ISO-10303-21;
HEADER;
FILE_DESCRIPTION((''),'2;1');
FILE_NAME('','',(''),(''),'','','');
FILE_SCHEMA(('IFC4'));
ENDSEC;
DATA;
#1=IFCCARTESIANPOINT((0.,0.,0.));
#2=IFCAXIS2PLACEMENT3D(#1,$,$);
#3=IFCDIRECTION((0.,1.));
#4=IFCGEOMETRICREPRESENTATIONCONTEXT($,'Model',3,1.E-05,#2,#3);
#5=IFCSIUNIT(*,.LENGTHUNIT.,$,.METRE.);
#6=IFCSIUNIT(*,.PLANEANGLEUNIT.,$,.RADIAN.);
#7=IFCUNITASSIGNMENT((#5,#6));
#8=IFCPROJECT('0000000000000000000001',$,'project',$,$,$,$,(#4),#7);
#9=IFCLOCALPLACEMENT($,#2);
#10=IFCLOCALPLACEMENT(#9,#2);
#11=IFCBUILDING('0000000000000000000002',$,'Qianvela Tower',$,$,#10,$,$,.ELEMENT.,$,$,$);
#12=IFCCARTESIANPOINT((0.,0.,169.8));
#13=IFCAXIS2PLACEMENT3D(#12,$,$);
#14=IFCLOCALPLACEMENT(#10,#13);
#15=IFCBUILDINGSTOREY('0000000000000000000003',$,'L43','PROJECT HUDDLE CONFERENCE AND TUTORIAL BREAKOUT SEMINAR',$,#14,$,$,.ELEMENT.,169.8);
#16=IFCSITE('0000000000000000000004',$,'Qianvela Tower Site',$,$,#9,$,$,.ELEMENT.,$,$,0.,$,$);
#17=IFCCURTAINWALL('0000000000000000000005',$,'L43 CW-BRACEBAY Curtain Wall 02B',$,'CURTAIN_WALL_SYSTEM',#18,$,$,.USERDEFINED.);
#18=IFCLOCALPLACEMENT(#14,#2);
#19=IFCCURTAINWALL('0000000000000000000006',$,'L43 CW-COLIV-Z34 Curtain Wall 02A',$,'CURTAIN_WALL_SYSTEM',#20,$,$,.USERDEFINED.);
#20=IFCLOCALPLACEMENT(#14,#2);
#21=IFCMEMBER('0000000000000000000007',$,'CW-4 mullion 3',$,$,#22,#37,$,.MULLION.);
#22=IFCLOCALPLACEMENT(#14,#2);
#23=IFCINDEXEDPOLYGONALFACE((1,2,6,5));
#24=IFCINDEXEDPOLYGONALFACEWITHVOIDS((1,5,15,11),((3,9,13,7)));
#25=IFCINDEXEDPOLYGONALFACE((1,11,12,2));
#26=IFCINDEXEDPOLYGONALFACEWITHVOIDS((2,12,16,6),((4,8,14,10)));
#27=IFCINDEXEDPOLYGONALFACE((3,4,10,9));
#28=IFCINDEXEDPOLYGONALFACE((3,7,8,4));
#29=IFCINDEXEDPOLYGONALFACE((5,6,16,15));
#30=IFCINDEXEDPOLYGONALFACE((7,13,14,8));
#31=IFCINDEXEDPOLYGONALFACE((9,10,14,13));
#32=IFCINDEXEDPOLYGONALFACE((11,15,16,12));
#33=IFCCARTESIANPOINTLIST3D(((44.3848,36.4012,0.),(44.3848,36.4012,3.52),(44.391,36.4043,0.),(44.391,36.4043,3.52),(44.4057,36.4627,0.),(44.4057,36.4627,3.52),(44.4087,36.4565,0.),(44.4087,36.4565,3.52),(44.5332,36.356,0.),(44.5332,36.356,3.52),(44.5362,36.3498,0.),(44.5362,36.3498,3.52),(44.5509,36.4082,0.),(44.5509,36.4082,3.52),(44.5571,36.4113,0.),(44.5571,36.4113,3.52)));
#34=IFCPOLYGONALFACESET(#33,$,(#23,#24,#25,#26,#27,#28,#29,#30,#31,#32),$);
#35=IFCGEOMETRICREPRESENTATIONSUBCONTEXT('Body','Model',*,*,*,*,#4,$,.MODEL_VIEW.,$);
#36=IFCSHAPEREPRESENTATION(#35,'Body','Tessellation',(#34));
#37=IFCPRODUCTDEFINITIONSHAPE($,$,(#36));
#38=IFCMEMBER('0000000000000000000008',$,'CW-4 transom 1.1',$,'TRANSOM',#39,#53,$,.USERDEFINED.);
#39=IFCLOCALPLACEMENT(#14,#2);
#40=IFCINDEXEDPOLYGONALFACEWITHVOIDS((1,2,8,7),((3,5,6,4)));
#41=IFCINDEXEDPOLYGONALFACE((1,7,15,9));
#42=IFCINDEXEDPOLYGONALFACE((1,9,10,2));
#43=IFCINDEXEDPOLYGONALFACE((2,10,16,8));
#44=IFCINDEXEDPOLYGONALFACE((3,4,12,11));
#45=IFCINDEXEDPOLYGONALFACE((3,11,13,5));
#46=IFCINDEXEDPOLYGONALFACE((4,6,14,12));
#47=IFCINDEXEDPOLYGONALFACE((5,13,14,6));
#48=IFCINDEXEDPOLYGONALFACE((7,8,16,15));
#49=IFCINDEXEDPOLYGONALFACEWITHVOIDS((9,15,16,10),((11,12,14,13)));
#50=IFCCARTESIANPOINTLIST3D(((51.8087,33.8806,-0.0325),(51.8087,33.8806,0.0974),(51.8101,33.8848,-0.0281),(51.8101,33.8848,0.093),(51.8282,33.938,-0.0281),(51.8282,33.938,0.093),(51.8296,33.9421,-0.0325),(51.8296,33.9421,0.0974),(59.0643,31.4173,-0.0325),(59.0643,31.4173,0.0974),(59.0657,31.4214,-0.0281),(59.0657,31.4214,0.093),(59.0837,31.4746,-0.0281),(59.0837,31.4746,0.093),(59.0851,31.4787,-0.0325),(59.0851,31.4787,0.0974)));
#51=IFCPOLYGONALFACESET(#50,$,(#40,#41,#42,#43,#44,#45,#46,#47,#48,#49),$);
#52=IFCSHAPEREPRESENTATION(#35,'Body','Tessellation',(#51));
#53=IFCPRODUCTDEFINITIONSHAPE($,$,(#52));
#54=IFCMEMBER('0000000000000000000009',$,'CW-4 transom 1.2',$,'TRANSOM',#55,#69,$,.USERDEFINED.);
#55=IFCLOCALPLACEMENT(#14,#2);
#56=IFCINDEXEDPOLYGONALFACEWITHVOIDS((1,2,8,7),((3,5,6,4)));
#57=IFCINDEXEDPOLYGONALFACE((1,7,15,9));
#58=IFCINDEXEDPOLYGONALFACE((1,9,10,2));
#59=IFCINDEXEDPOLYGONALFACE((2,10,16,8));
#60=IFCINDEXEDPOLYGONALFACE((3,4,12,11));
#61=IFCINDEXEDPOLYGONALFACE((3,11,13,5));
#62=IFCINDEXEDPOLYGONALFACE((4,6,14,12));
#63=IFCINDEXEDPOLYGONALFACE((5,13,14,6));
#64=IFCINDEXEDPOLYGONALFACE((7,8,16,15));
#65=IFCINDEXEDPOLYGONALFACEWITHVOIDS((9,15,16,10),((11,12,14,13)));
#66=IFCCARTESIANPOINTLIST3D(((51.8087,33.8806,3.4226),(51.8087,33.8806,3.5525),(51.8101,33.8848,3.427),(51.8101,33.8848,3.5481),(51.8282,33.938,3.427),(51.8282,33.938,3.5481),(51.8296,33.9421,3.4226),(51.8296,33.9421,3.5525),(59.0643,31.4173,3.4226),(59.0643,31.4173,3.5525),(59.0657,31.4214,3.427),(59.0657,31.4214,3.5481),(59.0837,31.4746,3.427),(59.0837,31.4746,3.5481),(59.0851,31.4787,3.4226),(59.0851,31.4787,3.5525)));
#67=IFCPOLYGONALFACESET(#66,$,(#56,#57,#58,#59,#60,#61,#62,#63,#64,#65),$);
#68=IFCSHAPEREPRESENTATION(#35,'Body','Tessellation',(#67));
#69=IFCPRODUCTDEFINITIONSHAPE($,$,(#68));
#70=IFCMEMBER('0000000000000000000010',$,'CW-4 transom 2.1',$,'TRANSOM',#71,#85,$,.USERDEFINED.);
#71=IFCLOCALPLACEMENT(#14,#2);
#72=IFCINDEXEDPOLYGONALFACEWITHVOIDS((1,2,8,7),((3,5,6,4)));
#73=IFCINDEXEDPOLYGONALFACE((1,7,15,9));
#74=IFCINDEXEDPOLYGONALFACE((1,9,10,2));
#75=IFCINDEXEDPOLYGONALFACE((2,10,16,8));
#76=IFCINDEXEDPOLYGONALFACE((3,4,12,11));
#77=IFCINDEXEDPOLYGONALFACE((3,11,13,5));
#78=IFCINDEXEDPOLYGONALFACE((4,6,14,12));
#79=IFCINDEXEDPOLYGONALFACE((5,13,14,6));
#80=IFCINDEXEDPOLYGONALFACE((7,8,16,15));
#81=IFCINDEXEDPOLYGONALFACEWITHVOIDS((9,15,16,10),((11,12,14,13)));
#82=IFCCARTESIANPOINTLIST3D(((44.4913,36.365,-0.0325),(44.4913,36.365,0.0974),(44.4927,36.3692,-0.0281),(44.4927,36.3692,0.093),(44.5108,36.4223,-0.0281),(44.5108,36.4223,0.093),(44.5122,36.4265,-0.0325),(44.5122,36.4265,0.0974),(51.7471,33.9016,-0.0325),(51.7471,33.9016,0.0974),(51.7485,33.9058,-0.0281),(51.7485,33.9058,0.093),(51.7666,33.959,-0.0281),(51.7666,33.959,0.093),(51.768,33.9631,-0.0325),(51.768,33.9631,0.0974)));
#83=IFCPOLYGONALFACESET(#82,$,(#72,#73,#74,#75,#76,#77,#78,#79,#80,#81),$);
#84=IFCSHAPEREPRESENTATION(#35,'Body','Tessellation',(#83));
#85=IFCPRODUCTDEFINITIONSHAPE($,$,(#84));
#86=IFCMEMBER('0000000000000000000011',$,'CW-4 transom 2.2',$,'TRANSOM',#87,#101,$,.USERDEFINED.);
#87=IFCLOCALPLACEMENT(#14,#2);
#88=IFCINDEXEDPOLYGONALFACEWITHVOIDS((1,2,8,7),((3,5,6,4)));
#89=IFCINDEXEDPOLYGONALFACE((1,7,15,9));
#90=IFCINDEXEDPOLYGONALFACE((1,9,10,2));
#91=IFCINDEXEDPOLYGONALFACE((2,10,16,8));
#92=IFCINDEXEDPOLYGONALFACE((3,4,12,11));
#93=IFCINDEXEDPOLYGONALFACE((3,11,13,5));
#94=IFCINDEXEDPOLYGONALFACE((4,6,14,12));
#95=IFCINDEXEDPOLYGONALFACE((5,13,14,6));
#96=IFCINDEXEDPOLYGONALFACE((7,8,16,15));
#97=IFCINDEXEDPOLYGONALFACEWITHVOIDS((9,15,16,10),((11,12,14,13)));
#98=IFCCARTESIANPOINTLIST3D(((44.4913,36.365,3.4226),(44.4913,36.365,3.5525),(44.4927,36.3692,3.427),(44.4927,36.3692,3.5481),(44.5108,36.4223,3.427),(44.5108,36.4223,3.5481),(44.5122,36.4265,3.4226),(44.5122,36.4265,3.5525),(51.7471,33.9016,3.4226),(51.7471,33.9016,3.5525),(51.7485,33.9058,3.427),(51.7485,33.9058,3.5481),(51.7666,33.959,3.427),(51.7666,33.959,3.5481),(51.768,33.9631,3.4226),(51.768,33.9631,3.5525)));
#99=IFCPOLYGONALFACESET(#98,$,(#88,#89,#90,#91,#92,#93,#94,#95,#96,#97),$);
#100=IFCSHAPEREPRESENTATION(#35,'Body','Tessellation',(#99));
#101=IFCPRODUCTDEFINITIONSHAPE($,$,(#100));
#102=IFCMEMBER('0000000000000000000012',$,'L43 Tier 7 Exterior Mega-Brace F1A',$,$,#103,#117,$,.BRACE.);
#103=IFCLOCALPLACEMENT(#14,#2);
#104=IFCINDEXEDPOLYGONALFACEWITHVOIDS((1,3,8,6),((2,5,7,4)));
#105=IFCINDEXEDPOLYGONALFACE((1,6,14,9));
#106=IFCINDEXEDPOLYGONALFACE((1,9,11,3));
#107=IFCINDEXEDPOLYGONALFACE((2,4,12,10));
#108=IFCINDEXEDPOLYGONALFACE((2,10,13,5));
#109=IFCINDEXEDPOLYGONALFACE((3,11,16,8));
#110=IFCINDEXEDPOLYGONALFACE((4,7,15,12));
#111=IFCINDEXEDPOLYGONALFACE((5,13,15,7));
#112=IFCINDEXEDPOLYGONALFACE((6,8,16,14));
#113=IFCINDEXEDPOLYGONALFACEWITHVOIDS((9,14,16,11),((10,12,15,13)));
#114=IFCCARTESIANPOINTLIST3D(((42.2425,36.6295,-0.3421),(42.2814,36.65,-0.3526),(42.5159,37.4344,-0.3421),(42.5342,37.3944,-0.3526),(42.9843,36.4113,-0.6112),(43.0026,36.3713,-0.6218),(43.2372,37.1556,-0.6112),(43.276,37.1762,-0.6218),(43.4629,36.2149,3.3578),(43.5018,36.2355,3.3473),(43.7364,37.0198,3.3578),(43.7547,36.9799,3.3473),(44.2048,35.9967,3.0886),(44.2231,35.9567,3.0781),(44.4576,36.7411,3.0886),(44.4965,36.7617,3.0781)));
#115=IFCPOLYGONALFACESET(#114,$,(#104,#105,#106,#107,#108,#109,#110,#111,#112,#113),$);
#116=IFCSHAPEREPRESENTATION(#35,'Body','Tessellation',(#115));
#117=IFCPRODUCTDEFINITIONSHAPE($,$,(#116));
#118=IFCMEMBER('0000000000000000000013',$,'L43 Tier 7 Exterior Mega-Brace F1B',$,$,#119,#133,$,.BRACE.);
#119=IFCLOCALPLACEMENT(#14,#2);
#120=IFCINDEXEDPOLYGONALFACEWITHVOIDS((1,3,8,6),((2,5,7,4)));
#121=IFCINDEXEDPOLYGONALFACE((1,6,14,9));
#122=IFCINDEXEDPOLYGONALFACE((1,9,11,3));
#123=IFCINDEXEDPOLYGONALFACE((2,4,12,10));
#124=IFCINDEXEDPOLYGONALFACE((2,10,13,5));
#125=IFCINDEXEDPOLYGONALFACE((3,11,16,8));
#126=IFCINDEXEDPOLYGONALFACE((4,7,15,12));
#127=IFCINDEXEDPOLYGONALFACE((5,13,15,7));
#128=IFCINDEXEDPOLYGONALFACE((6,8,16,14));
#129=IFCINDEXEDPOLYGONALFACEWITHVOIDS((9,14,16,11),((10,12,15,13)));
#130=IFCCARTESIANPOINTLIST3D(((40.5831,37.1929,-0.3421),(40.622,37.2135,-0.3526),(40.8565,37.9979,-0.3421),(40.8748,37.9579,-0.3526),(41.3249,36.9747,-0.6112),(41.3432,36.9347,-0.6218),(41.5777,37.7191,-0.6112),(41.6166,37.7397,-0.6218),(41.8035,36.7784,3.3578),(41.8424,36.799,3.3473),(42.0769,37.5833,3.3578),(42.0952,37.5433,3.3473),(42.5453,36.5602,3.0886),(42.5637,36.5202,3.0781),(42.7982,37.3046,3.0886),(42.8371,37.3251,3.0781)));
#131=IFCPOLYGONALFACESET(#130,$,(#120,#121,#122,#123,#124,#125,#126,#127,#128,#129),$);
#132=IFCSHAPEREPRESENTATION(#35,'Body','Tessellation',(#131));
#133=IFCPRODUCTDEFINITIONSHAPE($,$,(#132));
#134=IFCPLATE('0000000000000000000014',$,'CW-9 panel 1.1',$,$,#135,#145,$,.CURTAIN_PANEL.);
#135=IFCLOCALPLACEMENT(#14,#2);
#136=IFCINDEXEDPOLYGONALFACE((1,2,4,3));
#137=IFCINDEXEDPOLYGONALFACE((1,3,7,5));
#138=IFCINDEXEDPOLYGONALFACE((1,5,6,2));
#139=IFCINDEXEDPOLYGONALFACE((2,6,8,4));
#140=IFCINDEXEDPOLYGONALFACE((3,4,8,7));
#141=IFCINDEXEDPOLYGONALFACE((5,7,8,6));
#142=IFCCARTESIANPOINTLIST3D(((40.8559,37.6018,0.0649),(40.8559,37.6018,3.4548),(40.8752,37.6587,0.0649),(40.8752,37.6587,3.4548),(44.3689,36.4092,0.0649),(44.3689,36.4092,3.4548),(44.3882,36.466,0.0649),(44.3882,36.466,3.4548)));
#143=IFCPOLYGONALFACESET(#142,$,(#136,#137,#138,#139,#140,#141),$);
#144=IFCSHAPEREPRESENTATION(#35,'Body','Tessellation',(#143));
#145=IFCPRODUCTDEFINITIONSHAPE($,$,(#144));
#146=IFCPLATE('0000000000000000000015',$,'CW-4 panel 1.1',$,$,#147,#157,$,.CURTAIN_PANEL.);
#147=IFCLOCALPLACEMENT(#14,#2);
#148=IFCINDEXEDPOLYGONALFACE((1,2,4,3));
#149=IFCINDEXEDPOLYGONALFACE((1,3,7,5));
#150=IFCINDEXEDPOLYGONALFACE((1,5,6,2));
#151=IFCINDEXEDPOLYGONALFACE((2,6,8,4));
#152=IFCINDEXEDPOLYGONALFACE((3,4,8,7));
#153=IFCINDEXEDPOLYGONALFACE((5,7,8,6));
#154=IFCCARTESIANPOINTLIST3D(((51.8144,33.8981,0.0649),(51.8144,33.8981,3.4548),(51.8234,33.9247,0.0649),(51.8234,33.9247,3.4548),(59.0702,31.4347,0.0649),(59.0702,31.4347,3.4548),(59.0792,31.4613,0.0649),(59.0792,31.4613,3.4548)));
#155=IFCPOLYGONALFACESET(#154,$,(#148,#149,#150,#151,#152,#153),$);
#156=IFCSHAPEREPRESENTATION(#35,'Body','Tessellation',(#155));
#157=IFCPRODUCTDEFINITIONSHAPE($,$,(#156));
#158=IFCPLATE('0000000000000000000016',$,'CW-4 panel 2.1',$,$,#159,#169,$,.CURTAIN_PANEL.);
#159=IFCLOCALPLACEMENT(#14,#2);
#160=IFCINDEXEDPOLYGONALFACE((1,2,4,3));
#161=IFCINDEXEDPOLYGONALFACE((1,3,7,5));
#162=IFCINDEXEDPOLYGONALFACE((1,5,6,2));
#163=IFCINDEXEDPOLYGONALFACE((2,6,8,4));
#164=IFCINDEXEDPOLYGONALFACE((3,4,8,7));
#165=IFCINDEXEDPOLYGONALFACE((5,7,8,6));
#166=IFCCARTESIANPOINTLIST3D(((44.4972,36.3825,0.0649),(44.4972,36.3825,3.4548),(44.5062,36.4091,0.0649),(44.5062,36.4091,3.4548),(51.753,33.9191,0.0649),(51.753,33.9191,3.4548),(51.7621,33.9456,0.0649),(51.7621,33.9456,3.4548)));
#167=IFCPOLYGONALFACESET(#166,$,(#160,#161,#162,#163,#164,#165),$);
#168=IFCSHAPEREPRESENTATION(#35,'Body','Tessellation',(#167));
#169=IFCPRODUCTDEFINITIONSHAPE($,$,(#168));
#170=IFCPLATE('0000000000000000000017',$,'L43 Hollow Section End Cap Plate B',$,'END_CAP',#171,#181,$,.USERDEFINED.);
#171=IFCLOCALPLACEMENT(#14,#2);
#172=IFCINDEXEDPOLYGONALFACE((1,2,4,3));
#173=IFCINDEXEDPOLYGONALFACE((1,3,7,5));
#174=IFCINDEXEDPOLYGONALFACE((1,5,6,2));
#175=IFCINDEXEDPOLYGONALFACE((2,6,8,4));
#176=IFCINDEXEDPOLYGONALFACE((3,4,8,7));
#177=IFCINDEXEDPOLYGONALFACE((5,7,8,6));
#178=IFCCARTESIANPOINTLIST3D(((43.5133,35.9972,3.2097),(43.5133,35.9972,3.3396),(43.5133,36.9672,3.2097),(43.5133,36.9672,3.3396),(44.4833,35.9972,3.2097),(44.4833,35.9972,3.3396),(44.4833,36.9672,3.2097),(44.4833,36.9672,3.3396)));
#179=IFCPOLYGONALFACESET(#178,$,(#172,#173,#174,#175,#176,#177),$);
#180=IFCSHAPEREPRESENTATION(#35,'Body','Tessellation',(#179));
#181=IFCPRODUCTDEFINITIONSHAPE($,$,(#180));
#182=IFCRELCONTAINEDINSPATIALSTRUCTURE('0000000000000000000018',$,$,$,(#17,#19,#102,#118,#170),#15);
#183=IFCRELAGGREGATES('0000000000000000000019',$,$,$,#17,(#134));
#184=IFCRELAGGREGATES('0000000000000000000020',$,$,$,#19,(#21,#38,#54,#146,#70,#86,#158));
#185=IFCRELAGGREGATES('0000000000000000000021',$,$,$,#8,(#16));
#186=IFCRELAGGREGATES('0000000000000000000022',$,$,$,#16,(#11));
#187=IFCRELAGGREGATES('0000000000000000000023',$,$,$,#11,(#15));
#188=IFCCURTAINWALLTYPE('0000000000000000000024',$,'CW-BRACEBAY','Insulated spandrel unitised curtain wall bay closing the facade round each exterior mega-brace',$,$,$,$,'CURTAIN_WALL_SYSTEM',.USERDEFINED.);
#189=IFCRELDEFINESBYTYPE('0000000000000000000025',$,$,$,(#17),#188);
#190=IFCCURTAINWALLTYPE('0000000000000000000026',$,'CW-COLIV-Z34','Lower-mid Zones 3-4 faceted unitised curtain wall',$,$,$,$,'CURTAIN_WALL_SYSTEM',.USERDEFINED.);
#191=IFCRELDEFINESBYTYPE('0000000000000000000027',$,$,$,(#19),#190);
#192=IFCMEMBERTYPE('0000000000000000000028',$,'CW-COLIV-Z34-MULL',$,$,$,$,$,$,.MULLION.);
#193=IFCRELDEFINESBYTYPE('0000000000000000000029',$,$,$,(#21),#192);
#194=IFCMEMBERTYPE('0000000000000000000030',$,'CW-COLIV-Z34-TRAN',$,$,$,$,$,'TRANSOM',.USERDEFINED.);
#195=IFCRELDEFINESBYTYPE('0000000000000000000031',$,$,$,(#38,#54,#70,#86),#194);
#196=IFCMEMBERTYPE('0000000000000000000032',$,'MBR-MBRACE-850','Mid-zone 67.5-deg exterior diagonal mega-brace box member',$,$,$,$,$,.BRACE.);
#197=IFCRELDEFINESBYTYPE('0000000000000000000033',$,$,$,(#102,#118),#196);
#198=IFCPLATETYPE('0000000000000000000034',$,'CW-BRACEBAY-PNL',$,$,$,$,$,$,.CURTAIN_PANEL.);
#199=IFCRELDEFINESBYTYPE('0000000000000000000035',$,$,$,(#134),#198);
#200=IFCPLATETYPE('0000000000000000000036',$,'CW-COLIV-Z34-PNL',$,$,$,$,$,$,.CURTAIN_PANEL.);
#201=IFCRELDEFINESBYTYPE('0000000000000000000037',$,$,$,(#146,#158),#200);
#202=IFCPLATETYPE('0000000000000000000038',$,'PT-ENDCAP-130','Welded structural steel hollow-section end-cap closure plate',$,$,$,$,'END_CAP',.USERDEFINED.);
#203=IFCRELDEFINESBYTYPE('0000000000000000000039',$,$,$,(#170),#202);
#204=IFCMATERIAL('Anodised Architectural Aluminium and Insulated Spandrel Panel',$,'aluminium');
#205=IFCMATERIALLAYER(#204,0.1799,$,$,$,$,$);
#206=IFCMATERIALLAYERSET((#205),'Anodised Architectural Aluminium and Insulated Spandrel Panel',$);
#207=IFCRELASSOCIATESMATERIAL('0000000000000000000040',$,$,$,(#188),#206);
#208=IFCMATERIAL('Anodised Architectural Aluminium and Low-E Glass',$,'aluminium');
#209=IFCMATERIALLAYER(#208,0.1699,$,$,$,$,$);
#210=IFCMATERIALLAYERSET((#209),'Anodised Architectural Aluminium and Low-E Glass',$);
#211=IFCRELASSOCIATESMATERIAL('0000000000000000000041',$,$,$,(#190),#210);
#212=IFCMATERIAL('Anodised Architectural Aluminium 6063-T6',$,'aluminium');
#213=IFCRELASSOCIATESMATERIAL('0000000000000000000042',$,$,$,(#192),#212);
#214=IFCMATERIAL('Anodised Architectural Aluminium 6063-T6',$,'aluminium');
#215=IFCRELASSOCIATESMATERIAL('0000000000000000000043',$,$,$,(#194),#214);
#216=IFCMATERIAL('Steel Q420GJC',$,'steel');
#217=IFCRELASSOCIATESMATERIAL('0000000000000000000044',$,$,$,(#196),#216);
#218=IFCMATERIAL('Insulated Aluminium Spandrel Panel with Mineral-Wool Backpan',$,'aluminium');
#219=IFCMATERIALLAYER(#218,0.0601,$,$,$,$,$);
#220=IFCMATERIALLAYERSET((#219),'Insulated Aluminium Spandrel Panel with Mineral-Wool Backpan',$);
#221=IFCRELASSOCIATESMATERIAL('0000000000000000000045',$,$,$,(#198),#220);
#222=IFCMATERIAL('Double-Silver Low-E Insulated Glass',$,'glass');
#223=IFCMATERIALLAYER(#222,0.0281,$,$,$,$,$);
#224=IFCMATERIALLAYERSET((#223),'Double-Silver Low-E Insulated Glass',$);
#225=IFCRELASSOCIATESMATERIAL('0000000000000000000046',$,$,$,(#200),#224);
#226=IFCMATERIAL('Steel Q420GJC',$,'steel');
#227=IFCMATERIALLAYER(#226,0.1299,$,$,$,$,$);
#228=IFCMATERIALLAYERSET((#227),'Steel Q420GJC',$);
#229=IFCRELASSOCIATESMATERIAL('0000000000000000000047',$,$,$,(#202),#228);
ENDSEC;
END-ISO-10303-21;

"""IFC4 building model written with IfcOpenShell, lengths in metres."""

from ifc_helpers import new_model, si_unit, direction, frame, origin, origin_2d, place, context, subcontext, project, spatial, rectangle, hollow_rectangle, extrude, material, layer, layer_set, material_profile, profile_set, type_object, element, aggregate, save


model = new_model("IFC4")

# Units and contexts
model_context = context("Model", 3, precision=1e-05, world=origin(), true_north=direction((0.0, 1.0)))
body_context = subcontext(model_context, "Body", "Model", "MODEL_VIEW")
ifc_project = project(units=[si_unit("LENGTHUNIT", "METRE"), si_unit("PLANEANGLEUNIT", "RADIAN")], contexts=[model_context])

# Site, building, storey
site_placement = place(None, origin())
site = spatial("IfcSite", under=ifc_project, at=site_placement, Name="Qianvela Tower Site", CompositionType="ELEMENT", RefElevation=0.0)
building_placement = place(site_placement, origin())
building = spatial("IfcBuilding", under=site, at=building_placement, Name="Qianvela Tower", CompositionType="ELEMENT")
storey_placement = place(building_placement, frame((0.0, 0.0, 169.8)))
storey = spatial("IfcBuildingStorey", under=building, at=storey_placement, Name="L43", Description="PROJECT HUDDLE CONFERENCE AND TUTORIAL BREAKOUT SEMINAR", CompositionType="ELEMENT", Elevation=169.8)

# Curtain walls, members
ifc_material_1 = material(Name="Anodised Architectural Aluminium and Insulated Spandrel Panel", Category="aluminium")
ifc_layer_1 = layer(ifc_material_1, 0.1799)
ifc_layer_set_1 = layer_set([ifc_layer_1], Name="Anodised Architectural Aluminium and Insulated Spandrel Panel")
curtain_wall_type_1 = type_object("IfcCurtainWallType", Name="CW-BRACEBAY", Description="Insulated spandrel unitised curtain wall bay closing the facade round each exterior mega-brace", ElementType="CURTAIN_WALL_SYSTEM", PredefinedType="USERDEFINED", material=ifc_layer_set_1)
curtain_wall_1_placement = place(storey_placement, origin())
curtain_wall_1 = element("IfcCurtainWall", 1, at=curtain_wall_1_placement, inside=storey, type_object=curtain_wall_type_1, Name="L43 CW-BRACEBAY Curtain Wall 02B", ObjectType="CURTAIN_WALL_SYSTEM", PredefinedType="USERDEFINED")
ifc_material_2 = material(Name="Anodised Architectural Aluminium and Low-E Glass", Category="aluminium")
ifc_layer_2 = layer(ifc_material_2, 0.1699)
ifc_layer_set_2 = layer_set([ifc_layer_2], Name="Anodised Architectural Aluminium and Low-E Glass")
curtain_wall_type_2 = type_object("IfcCurtainWallType", Name="CW-COLIV-Z34", Description="Lower-mid Zones 3-4 faceted unitised curtain wall", ElementType="CURTAIN_WALL_SYSTEM", PredefinedType="USERDEFINED", material=ifc_layer_set_2)
curtain_wall_2_placement = place(storey_placement, origin())
curtain_wall_2 = element("IfcCurtainWall", 2, at=curtain_wall_2_placement, inside=storey, type_object=curtain_wall_type_2, Name="L43 CW-COLIV-Z34 Curtain Wall 02A", ObjectType="CURTAIN_WALL_SYSTEM", PredefinedType="USERDEFINED")
ifc_material_3 = material(Name="Anodised Architectural Aluminium 6063-T6", Category="aluminium")
ifc_material_profile_1 = material_profile(ifc_material_3, hollow_rectangle(XDim=0.0649, YDim=0.1599, WallThickness=0.0049, at=origin_2d()), Name="ALU-MULL-65x160")
ifc_profile_set_1 = profile_set([ifc_material_profile_1], Name="Anodised Architectural Aluminium 6063-T6")
member_type_1 = type_object("IfcMemberType", Name="CW-COLIV-Z34-MULL", PredefinedType="MULLION", material=ifc_profile_set_1)
member_1_placement = place(storey_placement, frame((44.4709, 36.4062, 0.0), z_axis=(0.0, 0.0, 1.0), x_axis=(-0.321488, -0.946914, 0.0)))
member_1 = element("IfcMember", 3, at=member_1_placement, type_object=member_type_1, Name="CW-4 mullion 3", PredefinedType="MULLION", context=body_context, shape_type="SweptSolid", body=[
    extrude(hollow_rectangle(XDim=0.0649, YDim=0.1599, WallThickness=0.0049, at=origin_2d()), origin(), (0.0, 0.0, 1.0), 3.52),
])
ifc_material_4 = material(Name="Anodised Architectural Aluminium 6063-T6", Category="aluminium")
ifc_material_profile_2 = material_profile(ifc_material_4, hollow_rectangle(XDim=0.0649, YDim=0.1299, WallThickness=0.0044, at=origin_2d()), Name="ALU-TRAN-65x130")
ifc_profile_set_2 = profile_set([ifc_material_profile_2], Name="Anodised Architectural Aluminium 6063-T6")
member_type_2 = type_object("IfcMemberType", Name="CW-COLIV-Z34-TRAN", ElementType="TRANSOM", PredefinedType="USERDEFINED", material=ifc_profile_set_2)
member_2_placement = place(storey_placement, frame((59.0747, 31.448, 0.0325), z_axis=(-0.946913, 0.32149, 0.0), x_axis=(-0.32149, -0.946913, 0.0)))
member_2 = element("IfcMember", 4, at=member_2_placement, type_object=member_type_2, Name="CW-4 transom 1.1", ObjectType="TRANSOM", PredefinedType="USERDEFINED", context=body_context, shape_type="SweptSolid", body=[
    extrude(hollow_rectangle(XDim=0.0649, YDim=0.1299, WallThickness=0.0044, at=origin_2d()), origin(), (0.0, 0.0, 1.0), 7.6624),
])
member_3_placement = place(storey_placement, frame((59.0747, 31.448, 3.4875), z_axis=(-0.946913, 0.32149, 0.0), x_axis=(-0.32149, -0.946913, 0.0)))
member_3 = element("IfcMember", 5, at=member_3_placement, type_object=member_type_2, Name="CW-4 transom 1.2", ObjectType="TRANSOM", PredefinedType="USERDEFINED", context=body_context, shape_type="SweptSolid", body=[
    extrude(hollow_rectangle(XDim=0.0649, YDim=0.1299, WallThickness=0.0044, at=origin_2d()), origin(), (0.0, 0.0, 1.0), 7.6624),
])
member_4_placement = place(storey_placement, frame((51.7576, 33.9324, 0.0325), z_axis=(-0.946916, 0.32148, 0.0), x_axis=(-0.32148, -0.946916, 0.0)))
member_4 = element("IfcMember", 6, at=member_4_placement, type_object=member_type_2, Name="CW-4 transom 2.1", ObjectType="TRANSOM", PredefinedType="USERDEFINED", context=body_context, shape_type="SweptSolid", body=[
    extrude(hollow_rectangle(XDim=0.0649, YDim=0.1299, WallThickness=0.0044, at=origin_2d()), origin(), (0.0, 0.0, 1.0), 7.6626),
])
member_5_placement = place(storey_placement, frame((51.7576, 33.9324, 3.4875), z_axis=(-0.946916, 0.32148, 0.0), x_axis=(-0.32148, -0.946916, 0.0)))
member_5 = element("IfcMember", 7, at=member_5_placement, type_object=member_type_2, Name="CW-4 transom 2.2", ObjectType="TRANSOM", PredefinedType="USERDEFINED", context=body_context, shape_type="SweptSolid", body=[
    extrude(hollow_rectangle(XDim=0.0649, YDim=0.1299, WallThickness=0.0044, at=origin_2d()), origin(), (0.0, 0.0, 1.0), 7.6626),
])

# Members
ifc_material_5 = material(Name="Steel Q420GJC", Category="steel")
ifc_material_profile_3 = material_profile(ifc_material_5, hollow_rectangle(XDim=0.8501, YDim=0.8501, WallThickness=0.032, at=origin_2d()), Name="MBOX-850x850x32")
ifc_profile_set_3 = profile_set([ifc_material_profile_3], Name="Steel Q420GJC")
member_type_3 = type_object("IfcMemberType", Name="MBR-MBRACE-850", Description="Mid-zone 67.5-deg exterior diagonal mega-brace box member", PredefinedType="BRACE", material=ifc_profile_set_3)
for number, where, z_axis, x_axis, name in (
    (8, (42.7593, 36.9028, -0.4819), (0.311498, -0.105806, 0.944338), (0.321621, 0.946869, 0.0), "L43 Tier 7 Exterior Mega-Brace F1A"),
    (9, (41.0999, 37.4663, -0.4819), (0.311498, -0.105806, 0.944338), (0.321621, 0.946869, 0.0), "L43 Tier 7 Exterior Mega-Brace F1B"),
):
    element("IfcMember", number, at=place(storey_placement, frame(where, z_axis=z_axis, x_axis=x_axis)), inside=storey, type_object=member_type_3, Name=name, PredefinedType="BRACE", context=body_context, shape_type="SweptSolid", body=[
        extrude(hollow_rectangle(XDim=0.8501, YDim=0.8501, WallThickness=0.032, at=origin_2d()), origin(), (0.0, 0.0, 1.0), 3.918),
    ])

# Plates
ifc_material_6 = material(Name="Insulated Aluminium Spandrel Panel with Mineral-Wool Backpan", Category="aluminium")
ifc_layer_3 = layer(ifc_material_6, 0.0601)
ifc_layer_set_3 = layer_set([ifc_layer_3], Name="Insulated Aluminium Spandrel Panel with Mineral-Wool Backpan")
plate_type_1 = type_object("IfcPlateType", Name="CW-BRACEBAY-PNL", PredefinedType="CURTAIN_PANEL", material=ifc_layer_set_3)
plate_1_placement = place(storey_placement, frame((42.6221, 37.0339, 0.0649), z_axis=(0.0, 0.0, 1.0), x_axis=(-0.946916, 0.321481, 0.0)))
plate_1 = element("IfcPlate", 10, at=plate_1_placement, type_object=plate_type_1, Name="CW-9 panel 1.1", PredefinedType="CURTAIN_PANEL", context=body_context, shape_type="SweptSolid", body=[
    extrude(rectangle(XDim=3.71, YDim=0.0601, at=origin_2d()), origin(), (0.0, 0.0, 1.0), 3.3899),
])
aggregate(curtain_wall_1, [plate_1])
ifc_material_7 = material(Name="Double-Silver Low-E Insulated Glass", Category="glass")
ifc_layer_4 = layer(ifc_material_7, 0.0281)
ifc_layer_set_4 = layer_set([ifc_layer_4], Name="Double-Silver Low-E Insulated Glass")
plate_type_2 = type_object("IfcPlateType", Name="CW-COLIV-Z34-PNL", PredefinedType="CURTAIN_PANEL", material=ifc_layer_set_4)
plate_2_placement = place(storey_placement, frame((55.4468, 32.6797, 0.0649), z_axis=(0.0, 0.0, 1.0), x_axis=(-0.946914, 0.321488, 0.0)))
plate_2 = element("IfcPlate", 11, at=plate_2_placement, type_object=plate_type_2, Name="CW-4 panel 1.1", PredefinedType="CURTAIN_PANEL", context=body_context, shape_type="SweptSolid", body=[
    extrude(rectangle(XDim=7.6626, YDim=0.0281, at=origin_2d()), origin(), (0.0, 0.0, 1.0), 3.3899),
])
plate_3_placement = place(storey_placement, frame((48.1296, 35.1641, 0.0649), z_axis=(0.0, 0.0, 1.0), x_axis=(-0.946914, 0.321488, 0.0)))
plate_3 = element("IfcPlate", 12, at=plate_3_placement, type_object=plate_type_2, Name="CW-4 panel 2.1", PredefinedType="CURTAIN_PANEL", context=body_context, shape_type="SweptSolid", body=[
    extrude(rectangle(XDim=7.6626, YDim=0.0281, at=origin_2d()), origin(), (0.0, 0.0, 1.0), 3.3899),
])
aggregate(curtain_wall_2, [member_1, member_2, member_3, plate_2, member_4, member_5, plate_3])

# Plate
ifc_material_8 = material(Name="Steel Q420GJC", Category="steel")
ifc_layer_5 = layer(ifc_material_8, 0.1299)
ifc_layer_set_5 = layer_set([ifc_layer_5], Name="Steel Q420GJC")
plate_type_3 = type_object("IfcPlateType", Name="PT-ENDCAP-130", Description="Welded structural steel hollow-section end-cap closure plate", ElementType="END_CAP", PredefinedType="USERDEFINED", material=ifc_layer_set_5)
for number, where, z_axis, x_axis, name in (
    (13, (43.9983, 36.4822, 3.2097), (0.0, 0.0, 1.0), (1.0, 0.0, 0.0), "L43 Hollow Section End Cap Plate B"),
):
    element("IfcPlate", number, at=place(storey_placement, frame(where, z_axis=z_axis, x_axis=x_axis)), inside=storey, type_object=plate_type_3, Name=name, ObjectType="END_CAP", PredefinedType="USERDEFINED", context=body_context, shape_type="SweptSolid", body=[
        extrude(rectangle(XDim=0.97, YDim=0.97, at=origin_2d()), origin(), (0.0, 0.0, 1.0), 0.1299),
    ])

save(model, "model.ifc")
